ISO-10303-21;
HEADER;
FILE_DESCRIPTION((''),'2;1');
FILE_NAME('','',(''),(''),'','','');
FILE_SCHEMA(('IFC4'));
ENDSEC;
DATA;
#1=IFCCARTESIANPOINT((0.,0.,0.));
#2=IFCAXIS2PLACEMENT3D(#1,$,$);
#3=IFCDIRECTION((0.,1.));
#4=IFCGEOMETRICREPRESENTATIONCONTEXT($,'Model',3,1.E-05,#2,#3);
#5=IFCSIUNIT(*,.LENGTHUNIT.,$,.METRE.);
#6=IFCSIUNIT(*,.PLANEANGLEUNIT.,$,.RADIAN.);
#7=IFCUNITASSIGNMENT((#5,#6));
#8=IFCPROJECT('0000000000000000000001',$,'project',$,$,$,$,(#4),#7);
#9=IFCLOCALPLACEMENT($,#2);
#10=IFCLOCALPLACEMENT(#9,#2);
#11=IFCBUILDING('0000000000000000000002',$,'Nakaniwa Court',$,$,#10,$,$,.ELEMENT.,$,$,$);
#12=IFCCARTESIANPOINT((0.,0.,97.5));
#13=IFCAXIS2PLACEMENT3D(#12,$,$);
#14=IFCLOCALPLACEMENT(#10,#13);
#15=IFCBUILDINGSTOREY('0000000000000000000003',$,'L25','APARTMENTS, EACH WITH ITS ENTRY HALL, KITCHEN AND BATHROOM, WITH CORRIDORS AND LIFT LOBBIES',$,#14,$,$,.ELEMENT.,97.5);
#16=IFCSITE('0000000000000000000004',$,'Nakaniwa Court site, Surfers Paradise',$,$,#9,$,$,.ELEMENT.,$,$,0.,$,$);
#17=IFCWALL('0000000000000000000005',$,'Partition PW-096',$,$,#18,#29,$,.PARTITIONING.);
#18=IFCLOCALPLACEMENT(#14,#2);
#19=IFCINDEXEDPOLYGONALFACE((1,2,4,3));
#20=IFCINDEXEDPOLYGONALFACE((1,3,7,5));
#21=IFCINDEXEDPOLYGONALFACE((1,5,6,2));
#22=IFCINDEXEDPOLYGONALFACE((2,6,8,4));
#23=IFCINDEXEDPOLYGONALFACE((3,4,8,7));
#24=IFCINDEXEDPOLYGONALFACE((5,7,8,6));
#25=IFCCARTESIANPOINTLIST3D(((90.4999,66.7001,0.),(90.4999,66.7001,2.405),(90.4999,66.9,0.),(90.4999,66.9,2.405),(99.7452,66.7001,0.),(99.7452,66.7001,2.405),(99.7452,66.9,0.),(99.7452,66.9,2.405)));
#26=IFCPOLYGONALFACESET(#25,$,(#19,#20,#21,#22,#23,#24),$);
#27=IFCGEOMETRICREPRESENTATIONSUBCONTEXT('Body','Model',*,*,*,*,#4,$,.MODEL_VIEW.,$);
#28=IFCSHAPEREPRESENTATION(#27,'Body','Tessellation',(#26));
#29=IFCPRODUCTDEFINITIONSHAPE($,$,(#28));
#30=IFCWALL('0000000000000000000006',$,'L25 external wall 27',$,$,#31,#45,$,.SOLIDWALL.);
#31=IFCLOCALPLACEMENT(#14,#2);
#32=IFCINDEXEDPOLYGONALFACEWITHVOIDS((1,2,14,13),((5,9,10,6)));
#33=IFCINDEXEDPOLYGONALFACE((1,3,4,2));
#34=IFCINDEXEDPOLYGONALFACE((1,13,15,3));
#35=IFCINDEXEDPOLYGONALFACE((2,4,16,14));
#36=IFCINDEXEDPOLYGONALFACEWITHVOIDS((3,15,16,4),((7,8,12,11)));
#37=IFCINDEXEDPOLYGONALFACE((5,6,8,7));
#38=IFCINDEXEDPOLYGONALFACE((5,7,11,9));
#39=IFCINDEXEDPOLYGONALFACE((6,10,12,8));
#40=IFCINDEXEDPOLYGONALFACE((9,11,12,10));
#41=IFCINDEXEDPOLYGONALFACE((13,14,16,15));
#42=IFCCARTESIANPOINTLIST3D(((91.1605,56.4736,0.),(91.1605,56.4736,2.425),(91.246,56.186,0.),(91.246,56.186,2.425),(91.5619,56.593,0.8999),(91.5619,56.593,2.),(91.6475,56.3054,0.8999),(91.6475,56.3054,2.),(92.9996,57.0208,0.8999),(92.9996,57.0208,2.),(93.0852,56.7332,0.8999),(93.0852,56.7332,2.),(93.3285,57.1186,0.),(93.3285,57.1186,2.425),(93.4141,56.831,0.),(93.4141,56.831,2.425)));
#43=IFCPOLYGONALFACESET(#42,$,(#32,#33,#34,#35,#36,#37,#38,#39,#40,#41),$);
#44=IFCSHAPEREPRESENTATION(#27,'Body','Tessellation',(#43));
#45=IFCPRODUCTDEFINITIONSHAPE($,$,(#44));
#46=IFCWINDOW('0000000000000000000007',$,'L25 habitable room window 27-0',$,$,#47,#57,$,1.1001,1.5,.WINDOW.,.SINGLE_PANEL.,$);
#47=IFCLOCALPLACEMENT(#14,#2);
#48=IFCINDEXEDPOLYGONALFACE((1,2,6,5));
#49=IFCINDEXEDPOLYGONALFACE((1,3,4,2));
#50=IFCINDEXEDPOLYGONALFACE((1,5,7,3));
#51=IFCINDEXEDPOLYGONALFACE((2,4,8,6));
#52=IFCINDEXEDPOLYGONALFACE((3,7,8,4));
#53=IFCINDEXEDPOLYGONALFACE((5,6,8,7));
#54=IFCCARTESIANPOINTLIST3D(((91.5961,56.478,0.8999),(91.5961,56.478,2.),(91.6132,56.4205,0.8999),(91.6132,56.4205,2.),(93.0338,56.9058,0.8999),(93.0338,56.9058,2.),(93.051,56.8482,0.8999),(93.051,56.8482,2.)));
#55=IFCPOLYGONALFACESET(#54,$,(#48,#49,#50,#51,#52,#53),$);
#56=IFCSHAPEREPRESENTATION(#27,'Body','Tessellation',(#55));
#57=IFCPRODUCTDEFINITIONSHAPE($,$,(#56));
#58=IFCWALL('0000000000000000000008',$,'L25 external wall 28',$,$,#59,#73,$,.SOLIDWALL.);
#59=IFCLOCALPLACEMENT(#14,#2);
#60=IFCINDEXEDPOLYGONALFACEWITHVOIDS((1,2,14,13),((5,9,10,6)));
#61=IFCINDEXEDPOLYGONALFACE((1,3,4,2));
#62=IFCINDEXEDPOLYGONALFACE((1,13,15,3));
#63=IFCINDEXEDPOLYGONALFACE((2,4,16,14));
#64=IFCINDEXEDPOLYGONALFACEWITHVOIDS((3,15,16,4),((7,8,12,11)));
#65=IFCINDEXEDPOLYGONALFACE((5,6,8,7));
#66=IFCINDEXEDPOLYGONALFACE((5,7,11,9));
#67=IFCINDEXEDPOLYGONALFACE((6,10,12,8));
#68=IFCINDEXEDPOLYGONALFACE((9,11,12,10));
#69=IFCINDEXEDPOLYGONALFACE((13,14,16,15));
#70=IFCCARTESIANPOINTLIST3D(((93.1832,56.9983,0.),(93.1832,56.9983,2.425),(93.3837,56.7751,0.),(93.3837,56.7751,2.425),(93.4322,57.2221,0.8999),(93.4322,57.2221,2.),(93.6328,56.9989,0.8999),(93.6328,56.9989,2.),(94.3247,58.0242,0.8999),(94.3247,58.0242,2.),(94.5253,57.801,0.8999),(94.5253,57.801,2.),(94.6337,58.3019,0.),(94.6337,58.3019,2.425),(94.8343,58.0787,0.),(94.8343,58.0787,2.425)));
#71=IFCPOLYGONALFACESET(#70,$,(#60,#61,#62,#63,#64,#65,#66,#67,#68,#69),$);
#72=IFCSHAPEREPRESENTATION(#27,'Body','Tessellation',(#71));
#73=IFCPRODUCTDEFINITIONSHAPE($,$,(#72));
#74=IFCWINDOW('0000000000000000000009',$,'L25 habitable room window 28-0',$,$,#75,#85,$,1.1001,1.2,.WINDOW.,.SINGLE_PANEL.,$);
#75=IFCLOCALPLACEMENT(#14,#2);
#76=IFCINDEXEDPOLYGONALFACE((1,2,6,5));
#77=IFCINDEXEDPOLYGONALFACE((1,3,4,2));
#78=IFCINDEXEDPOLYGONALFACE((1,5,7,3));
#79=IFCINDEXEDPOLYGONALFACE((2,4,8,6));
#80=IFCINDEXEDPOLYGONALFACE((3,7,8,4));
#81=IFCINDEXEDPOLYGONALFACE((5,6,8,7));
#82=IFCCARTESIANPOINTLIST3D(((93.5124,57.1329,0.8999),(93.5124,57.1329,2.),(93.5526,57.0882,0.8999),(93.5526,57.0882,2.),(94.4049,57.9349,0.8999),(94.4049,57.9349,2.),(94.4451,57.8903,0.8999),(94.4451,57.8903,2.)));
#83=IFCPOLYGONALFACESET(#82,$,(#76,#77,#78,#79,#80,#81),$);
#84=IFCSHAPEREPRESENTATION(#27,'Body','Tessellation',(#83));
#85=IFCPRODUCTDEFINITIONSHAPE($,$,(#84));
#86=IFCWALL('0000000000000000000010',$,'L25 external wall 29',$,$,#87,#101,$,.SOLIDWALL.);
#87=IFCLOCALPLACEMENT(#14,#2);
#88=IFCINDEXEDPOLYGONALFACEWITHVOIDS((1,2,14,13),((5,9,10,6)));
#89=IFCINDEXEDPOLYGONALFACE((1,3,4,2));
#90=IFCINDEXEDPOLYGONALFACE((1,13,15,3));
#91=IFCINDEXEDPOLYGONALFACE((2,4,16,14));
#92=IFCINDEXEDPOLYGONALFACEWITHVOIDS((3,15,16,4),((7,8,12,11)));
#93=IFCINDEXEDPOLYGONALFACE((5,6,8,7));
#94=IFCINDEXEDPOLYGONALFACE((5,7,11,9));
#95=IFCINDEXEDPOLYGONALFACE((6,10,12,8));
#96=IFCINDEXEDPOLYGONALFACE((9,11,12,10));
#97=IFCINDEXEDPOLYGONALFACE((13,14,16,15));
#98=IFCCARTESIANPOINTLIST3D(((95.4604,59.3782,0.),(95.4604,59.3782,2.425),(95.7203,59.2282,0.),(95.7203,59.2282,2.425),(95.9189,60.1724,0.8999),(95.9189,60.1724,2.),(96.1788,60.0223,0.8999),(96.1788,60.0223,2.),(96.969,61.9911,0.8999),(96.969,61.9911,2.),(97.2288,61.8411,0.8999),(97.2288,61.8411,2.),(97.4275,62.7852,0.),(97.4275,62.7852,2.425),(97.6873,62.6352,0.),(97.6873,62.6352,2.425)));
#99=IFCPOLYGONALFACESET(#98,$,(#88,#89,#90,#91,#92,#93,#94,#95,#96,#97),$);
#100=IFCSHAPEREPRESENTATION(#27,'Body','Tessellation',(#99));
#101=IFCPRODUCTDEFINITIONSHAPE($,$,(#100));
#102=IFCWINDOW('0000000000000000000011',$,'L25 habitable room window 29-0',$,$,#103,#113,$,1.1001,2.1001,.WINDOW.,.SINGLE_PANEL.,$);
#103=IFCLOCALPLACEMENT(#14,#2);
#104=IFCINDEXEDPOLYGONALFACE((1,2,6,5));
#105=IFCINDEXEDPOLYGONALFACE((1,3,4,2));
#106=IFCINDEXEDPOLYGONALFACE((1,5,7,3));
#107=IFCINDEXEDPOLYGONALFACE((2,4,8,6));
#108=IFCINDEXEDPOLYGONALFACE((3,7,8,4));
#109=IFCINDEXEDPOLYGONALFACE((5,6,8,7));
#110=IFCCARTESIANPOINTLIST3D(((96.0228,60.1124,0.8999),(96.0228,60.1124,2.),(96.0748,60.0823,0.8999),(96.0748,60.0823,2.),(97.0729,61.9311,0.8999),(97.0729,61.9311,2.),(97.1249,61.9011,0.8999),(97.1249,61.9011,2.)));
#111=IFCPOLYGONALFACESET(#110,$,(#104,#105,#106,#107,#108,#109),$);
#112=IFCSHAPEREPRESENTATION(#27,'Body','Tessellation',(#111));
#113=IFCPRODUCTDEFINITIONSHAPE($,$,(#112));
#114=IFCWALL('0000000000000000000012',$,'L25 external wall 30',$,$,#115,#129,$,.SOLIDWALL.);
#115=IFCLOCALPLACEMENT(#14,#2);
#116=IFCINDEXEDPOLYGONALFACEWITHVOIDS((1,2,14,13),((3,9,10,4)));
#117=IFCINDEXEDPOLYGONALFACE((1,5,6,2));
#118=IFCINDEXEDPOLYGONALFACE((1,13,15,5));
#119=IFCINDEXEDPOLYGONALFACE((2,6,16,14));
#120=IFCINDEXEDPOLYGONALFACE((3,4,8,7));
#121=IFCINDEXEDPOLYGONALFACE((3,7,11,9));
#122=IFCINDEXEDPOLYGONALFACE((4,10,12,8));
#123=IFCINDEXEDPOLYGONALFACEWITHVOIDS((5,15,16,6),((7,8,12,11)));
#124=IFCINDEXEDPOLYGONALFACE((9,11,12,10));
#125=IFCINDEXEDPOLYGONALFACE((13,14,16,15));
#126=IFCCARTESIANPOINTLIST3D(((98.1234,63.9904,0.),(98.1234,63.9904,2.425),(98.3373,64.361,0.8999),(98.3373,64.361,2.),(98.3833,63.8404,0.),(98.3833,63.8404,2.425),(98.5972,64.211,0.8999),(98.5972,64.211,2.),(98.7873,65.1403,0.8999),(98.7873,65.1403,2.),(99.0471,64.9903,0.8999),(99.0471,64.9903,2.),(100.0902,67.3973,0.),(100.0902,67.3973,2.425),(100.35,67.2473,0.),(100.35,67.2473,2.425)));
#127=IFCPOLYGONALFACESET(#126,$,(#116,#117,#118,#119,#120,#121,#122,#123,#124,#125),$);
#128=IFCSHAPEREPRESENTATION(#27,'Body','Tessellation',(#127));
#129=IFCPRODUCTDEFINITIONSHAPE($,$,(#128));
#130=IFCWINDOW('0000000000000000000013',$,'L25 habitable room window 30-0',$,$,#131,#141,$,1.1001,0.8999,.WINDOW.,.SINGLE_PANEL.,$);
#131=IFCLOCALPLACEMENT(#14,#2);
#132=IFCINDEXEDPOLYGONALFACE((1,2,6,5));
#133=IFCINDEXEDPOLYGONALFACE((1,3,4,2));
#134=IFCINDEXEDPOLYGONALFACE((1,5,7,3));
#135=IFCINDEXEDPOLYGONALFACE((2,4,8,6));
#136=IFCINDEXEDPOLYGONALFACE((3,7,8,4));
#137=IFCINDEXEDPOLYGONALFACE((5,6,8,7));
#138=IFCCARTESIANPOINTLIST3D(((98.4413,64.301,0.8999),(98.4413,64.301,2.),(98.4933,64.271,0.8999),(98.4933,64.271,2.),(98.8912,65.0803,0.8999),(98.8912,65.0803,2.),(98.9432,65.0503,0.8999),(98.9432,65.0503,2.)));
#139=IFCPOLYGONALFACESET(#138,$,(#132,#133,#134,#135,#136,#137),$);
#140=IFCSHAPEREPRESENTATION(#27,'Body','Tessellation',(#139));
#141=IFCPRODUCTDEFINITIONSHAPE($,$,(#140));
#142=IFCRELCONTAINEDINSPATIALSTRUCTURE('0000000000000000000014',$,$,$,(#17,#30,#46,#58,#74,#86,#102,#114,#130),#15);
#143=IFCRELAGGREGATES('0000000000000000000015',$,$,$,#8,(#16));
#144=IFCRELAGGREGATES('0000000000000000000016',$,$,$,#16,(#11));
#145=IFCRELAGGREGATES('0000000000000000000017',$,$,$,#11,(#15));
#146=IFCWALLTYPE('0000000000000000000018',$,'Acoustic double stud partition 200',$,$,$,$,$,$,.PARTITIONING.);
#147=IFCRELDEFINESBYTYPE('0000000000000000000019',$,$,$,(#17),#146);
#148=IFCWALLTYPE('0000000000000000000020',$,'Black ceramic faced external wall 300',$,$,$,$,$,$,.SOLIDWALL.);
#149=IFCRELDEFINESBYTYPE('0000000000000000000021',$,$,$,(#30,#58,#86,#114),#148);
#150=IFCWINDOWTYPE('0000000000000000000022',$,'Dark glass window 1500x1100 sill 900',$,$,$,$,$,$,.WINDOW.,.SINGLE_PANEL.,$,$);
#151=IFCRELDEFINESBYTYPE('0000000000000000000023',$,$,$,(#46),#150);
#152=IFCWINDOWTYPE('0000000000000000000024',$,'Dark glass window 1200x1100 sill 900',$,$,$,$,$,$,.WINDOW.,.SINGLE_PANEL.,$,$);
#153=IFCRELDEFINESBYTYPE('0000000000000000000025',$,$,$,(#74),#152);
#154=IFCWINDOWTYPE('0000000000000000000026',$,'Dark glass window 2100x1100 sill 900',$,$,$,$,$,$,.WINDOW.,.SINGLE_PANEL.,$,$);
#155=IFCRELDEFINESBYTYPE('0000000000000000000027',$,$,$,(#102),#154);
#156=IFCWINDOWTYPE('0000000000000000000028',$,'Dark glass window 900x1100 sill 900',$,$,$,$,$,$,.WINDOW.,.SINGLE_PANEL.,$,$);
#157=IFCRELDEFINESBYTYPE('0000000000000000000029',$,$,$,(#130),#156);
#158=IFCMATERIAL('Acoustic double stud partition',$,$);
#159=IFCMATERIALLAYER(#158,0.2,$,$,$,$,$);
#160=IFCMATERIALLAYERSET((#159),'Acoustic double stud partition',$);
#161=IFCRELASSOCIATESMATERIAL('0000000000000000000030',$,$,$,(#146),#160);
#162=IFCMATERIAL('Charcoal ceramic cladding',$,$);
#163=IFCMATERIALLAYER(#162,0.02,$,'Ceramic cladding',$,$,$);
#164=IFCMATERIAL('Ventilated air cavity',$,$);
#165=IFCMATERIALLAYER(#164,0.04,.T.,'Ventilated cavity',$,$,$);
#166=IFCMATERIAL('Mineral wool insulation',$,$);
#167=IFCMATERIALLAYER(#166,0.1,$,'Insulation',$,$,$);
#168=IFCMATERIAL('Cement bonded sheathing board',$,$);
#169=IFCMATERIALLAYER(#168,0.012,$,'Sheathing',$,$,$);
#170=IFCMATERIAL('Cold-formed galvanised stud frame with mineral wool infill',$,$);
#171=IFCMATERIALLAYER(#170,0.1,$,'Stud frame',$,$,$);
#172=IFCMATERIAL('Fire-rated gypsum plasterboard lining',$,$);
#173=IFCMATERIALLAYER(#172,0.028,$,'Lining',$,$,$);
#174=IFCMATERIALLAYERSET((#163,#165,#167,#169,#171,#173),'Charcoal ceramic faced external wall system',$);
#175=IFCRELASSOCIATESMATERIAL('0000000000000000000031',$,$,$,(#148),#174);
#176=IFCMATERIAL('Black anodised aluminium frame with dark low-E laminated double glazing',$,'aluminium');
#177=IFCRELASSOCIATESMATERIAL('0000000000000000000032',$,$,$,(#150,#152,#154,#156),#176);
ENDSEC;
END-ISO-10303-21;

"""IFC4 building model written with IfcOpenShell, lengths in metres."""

from ifc_helpers import new_model, si_unit, direction, frame, frame_2d, origin, place, context, subcontext, project, spatial, rectangle, extrude, material, layer, layer_set, type_object, element, fill, save


model = new_model("IFC4")

# Units and contexts
model_context = context("Model", 3, precision=1e-05, world=origin(), true_north=direction((0.0, 1.0)))
body_context = subcontext(model_context, "Body", "Model", "MODEL_VIEW")
ifc_project = project(units=[si_unit("LENGTHUNIT", "METRE"), si_unit("PLANEANGLEUNIT", "RADIAN")], contexts=[model_context])

# Site, building, storey
site_placement = place(None, origin())
site = spatial("IfcSite", under=ifc_project, at=site_placement, Name="Nakaniwa Court site, Surfers Paradise", CompositionType="ELEMENT", RefElevation=0.0)
building_placement = place(site_placement, origin())
building = spatial("IfcBuilding", under=site, at=building_placement, Name="Nakaniwa Court", CompositionType="ELEMENT")
storey_placement = place(building_placement, frame((0.0, 0.0, 97.5)))
storey = spatial("IfcBuildingStorey", under=building, at=storey_placement, Name="L25", Description="APARTMENTS, EACH WITH ITS ENTRY HALL, KITCHEN AND BATHROOM, WITH CORRIDORS AND LIFT LOBBIES", CompositionType="ELEMENT", Elevation=97.5)

# Wall
ifc_material_1 = material(Name="Acoustic double stud partition")
ifc_layer_1 = layer(ifc_material_1, 0.2)
ifc_layer_set_1 = layer_set([ifc_layer_1], Name="Acoustic double stud partition")
wall_type_1 = type_object("IfcWallType", Name="Acoustic double stud partition 200", PredefinedType="PARTITIONING", material=ifc_layer_set_1)
wall_1_placement = place(storey_placement, frame((90.5, 66.8, 0.0), z_axis=(0.0, 0.0, 1.0), x_axis=(1.0, 0.0, 0.0)))
element("IfcWall", 1, at=wall_1_placement, inside=storey, type_object=wall_type_1, Name="Partition PW-096", PredefinedType="PARTITIONING", context=body_context, shape_type="SweptSolid", body=[
    extrude(rectangle(XDim=9.2454, YDim=0.2, at=frame_2d((4.6226, 0.0))), origin(), (0.0, 0.0, 1.0), 2.405),
])

# Walls, openings, windows
ifc_material_2 = material(Name="Charcoal ceramic cladding")
ifc_layer_2 = layer(ifc_material_2, 0.02, Name="Ceramic cladding")
ifc_material_3 = material(Name="Ventilated air cavity")
ifc_layer_3 = layer(ifc_material_3, 0.04, ventilated=True, Name="Ventilated cavity")
ifc_material_4 = material(Name="Mineral wool insulation")
ifc_layer_4 = layer(ifc_material_4, 0.1, Name="Insulation")
ifc_material_5 = material(Name="Cement bonded sheathing board")
ifc_layer_5 = layer(ifc_material_5, 0.012, Name="Sheathing")
ifc_material_6 = material(Name="Cold-formed galvanised stud frame with mineral wool infill")
ifc_layer_6 = layer(ifc_material_6, 0.1, Name="Stud frame")
ifc_material_7 = material(Name="Fire-rated gypsum plasterboard lining")
ifc_layer_7 = layer(ifc_material_7, 0.028, Name="Lining")
ifc_layer_set_2 = layer_set([ifc_layer_2, ifc_layer_3, ifc_layer_4, ifc_layer_5, ifc_layer_6, ifc_layer_7], Name="Charcoal ceramic faced external wall system")
wall_type_2 = type_object("IfcWallType", Name="Black ceramic faced external wall 300", PredefinedType="SOLIDWALL", material=ifc_layer_set_2)
wall_2_placement = place(storey_placement, frame((91.2034, 56.3298, 0.0), z_axis=(0.0, 0.0, 1.0), x_axis=(0.958477, 0.285169, 0.0)))
wall_2 = element("IfcWall", 2, at=wall_2_placement, inside=storey, type_object=wall_type_2, Name="L25 external wall 27", PredefinedType="SOLIDWALL", context=body_context, shape_type="SweptSolid", body=[
    extrude(rectangle(XDim=2.262, YDim=0.3, at=frame_2d((1.1309, 0.0))), origin(), (0.0, 0.0, 1.0), 2.425),
])
opening_1_placement = place(wall_2_placement, frame((0.4187, 0.0, 0.8999)))
opening_1 = element("IfcOpeningElement", 3, at=opening_1_placement, cuts=wall_2, PredefinedType="OPENING", context=body_context, shape_type="SweptSolid", body=[
    extrude(rectangle(XDim=1.5, YDim=1.1001, at=frame_2d((0.75, 0.55))), frame((0.0, 0.1599, 0.0), z_axis=(0.0, -1.0, 0.0), x_axis=(1.0, 0.0, 0.0)), (0.0, 0.0, 1.0), 0.3201),
])
ifc_material_8 = material(Name="Black anodised aluminium frame with dark low-E laminated double glazing", Category="aluminium")
window_type_1 = type_object("IfcWindowType", Name="Dark glass window 1500x1100 sill 900", PartitioningType="SINGLE_PANEL", PredefinedType="WINDOW", material=ifc_material_8)
window_1_placement = place(opening_1_placement, origin())
window_1 = element("IfcWindow", 4, at=window_1_placement, inside=storey, type_object=window_type_1, Name="L25 habitable room window 27-0", OverallHeight=1.1001, OverallWidth=1.5, PartitioningType="SINGLE_PANEL", PredefinedType="WINDOW", context=body_context, shape_type="SweptSolid", body=[
    extrude(rectangle(XDim=1.5, YDim=1.1001, at=frame_2d((0.75, 0.55))), frame((0.0, 0.03, 0.0), z_axis=(0.0, -1.0, 0.0), x_axis=(1.0, 0.0, 0.0)), (0.0, 0.0, 1.0), 0.0601),
])
fill(opening_1, window_1)
wall_3_placement = place(storey_placement, frame((93.2834, 56.8867, 0.0), z_axis=(0.0, 0.0, 1.0), x_axis=(0.743786, 0.668418, 0.0)))
wall_3 = element("IfcWall", 5, at=wall_3_placement, inside=storey, type_object=wall_type_2, Name="L25 external wall 28", PredefinedType="SOLIDWALL", context=body_context, shape_type="SweptSolid", body=[
    extrude(rectangle(XDim=1.9502, YDim=0.3, at=frame_2d((0.9751, 0.0))), origin(), (0.0, 0.0, 1.0), 2.425),
])
opening_2_placement = place(wall_3_placement, frame((0.3347, 0.0, 0.8999)))
opening_2 = element("IfcOpeningElement", 6, at=opening_2_placement, cuts=wall_3, PredefinedType="OPENING", context=body_context, shape_type="SweptSolid", body=[
    extrude(rectangle(XDim=1.2, YDim=1.1001, at=frame_2d((0.6001, 0.55))), frame((0.0, 0.1599, 0.0), z_axis=(0.0, -1.0, 0.0), x_axis=(1.0, 0.0, 0.0)), (0.0, 0.0, 1.0), 0.3201),
])
window_type_2 = type_object("IfcWindowType", Name="Dark glass window 1200x1100 sill 900", PartitioningType="SINGLE_PANEL", PredefinedType="WINDOW", material=ifc_material_8)
window_2_placement = place(opening_2_placement, origin())
window_2 = element("IfcWindow", 7, at=window_2_placement, inside=storey, type_object=window_type_2, Name="L25 habitable room window 28-0", OverallHeight=1.1001, OverallWidth=1.2, PartitioningType="SINGLE_PANEL", PredefinedType="WINDOW", context=body_context, shape_type="SweptSolid", body=[
    extrude(rectangle(XDim=1.2, YDim=1.1001, at=frame_2d((0.6001, 0.55))), frame((0.0, 0.03, 0.0), z_axis=(0.0, -1.0, 0.0), x_axis=(1.0, 0.0, 0.0)), (0.0, 0.0, 1.0), 0.0601),
])
fill(opening_2, window_2)
wall_4_placement = place(storey_placement, frame((95.5903, 59.3032, 0.0), z_axis=(0.0, 0.0, 1.0), x_axis=(0.500004, 0.866023, 0.0)))
wall_4 = element("IfcWall", 8, at=wall_4_placement, inside=storey, type_object=wall_type_2, Name="L25 external wall 29", PredefinedType="SOLIDWALL", context=body_context, shape_type="SweptSolid", body=[
    extrude(rectangle(XDim=3.9341, YDim=0.3, at=frame_2d((1.967, 0.0))), origin(), (0.0, 0.0, 1.0), 2.425),
])
opening_3_placement = place(wall_4_placement, frame((0.917, 0.0, 0.8999)))
opening_3 = element("IfcOpeningElement", 9, at=opening_3_placement, cuts=wall_4, PredefinedType="OPENING", context=body_context, shape_type="SweptSolid", body=[
    extrude(rectangle(XDim=2.1001, YDim=1.1001, at=frame_2d((1.05, 0.55))), frame((0.0, 0.1599, 0.0), z_axis=(0.0, -1.0, 0.0), x_axis=(1.0, 0.0, 0.0)), (0.0, 0.0, 1.0), 0.3201),
])
window_type_3 = type_object("IfcWindowType", Name="Dark glass window 2100x1100 sill 900", PartitioningType="SINGLE_PANEL", PredefinedType="WINDOW", material=ifc_material_8)
window_3_placement = place(opening_3_placement, origin())
window_3 = element("IfcWindow", 10, at=window_3_placement, inside=storey, type_object=window_type_3, Name="L25 habitable room window 29-0", OverallHeight=1.1001, OverallWidth=2.1001, PartitioningType="SINGLE_PANEL", PredefinedType="WINDOW", context=body_context, shape_type="SweptSolid", body=[
    extrude(rectangle(XDim=2.1001, YDim=1.1001, at=frame_2d((1.05, 0.55))), frame((0.0, 0.03, 0.0), z_axis=(0.0, -1.0, 0.0), x_axis=(1.0, 0.0, 0.0)), (0.0, 0.0, 1.0), 0.0601),
])
fill(opening_3, window_3)
wall_5_placement = place(storey_placement, frame((98.2534, 63.9155, 0.0), z_axis=(0.0, 0.0, 1.0), x_axis=(0.499957, 0.86605, 0.0)))
wall_5 = element("IfcWall", 11, at=wall_5_placement, inside=storey, type_object=wall_type_2, Name="L25 external wall 30", PredefinedType="SOLIDWALL", context=body_context, shape_type="SweptSolid", body=[
    extrude(rectangle(XDim=3.9338, YDim=0.3, at=frame_2d((1.9668, 0.0))), origin(), (0.0, 0.0, 1.0), 2.425),
])
opening_4_placement = place(wall_5_placement, frame((0.4277, 0.0, 0.8999)))
opening_4 = element("IfcOpeningElement", 12, at=opening_4_placement, cuts=wall_5, PredefinedType="OPENING", context=body_context, shape_type="SweptSolid", body=[
    extrude(rectangle(XDim=0.8999, YDim=1.1001, at=frame_2d((0.45, 0.55))), frame((0.0, 0.1599, 0.0), z_axis=(0.0, -1.0, 0.0), x_axis=(1.0, 0.0, 0.0)), (0.0, 0.0, 1.0), 0.3201),
])
window_type_4 = type_object("IfcWindowType", Name="Dark glass window 900x1100 sill 900", PartitioningType="SINGLE_PANEL", PredefinedType="WINDOW", material=ifc_material_8)
window_4_placement = place(opening_4_placement, origin())
window_4 = element("IfcWindow", 13, at=window_4_placement, inside=storey, type_object=window_type_4, Name="L25 habitable room window 30-0", OverallHeight=1.1001, OverallWidth=0.8999, PartitioningType="SINGLE_PANEL", PredefinedType="WINDOW", context=body_context, shape_type="SweptSolid", body=[
    extrude(rectangle(XDim=0.8999, YDim=1.1001, at=frame_2d((0.45, 0.55))), frame((0.0, 0.03, 0.0), z_axis=(0.0, -1.0, 0.0), x_axis=(1.0, 0.0, 0.0)), (0.0, 0.0, 1.0), 0.0601),
])
fill(opening_4, window_4)

save(model, "model.ifc")
